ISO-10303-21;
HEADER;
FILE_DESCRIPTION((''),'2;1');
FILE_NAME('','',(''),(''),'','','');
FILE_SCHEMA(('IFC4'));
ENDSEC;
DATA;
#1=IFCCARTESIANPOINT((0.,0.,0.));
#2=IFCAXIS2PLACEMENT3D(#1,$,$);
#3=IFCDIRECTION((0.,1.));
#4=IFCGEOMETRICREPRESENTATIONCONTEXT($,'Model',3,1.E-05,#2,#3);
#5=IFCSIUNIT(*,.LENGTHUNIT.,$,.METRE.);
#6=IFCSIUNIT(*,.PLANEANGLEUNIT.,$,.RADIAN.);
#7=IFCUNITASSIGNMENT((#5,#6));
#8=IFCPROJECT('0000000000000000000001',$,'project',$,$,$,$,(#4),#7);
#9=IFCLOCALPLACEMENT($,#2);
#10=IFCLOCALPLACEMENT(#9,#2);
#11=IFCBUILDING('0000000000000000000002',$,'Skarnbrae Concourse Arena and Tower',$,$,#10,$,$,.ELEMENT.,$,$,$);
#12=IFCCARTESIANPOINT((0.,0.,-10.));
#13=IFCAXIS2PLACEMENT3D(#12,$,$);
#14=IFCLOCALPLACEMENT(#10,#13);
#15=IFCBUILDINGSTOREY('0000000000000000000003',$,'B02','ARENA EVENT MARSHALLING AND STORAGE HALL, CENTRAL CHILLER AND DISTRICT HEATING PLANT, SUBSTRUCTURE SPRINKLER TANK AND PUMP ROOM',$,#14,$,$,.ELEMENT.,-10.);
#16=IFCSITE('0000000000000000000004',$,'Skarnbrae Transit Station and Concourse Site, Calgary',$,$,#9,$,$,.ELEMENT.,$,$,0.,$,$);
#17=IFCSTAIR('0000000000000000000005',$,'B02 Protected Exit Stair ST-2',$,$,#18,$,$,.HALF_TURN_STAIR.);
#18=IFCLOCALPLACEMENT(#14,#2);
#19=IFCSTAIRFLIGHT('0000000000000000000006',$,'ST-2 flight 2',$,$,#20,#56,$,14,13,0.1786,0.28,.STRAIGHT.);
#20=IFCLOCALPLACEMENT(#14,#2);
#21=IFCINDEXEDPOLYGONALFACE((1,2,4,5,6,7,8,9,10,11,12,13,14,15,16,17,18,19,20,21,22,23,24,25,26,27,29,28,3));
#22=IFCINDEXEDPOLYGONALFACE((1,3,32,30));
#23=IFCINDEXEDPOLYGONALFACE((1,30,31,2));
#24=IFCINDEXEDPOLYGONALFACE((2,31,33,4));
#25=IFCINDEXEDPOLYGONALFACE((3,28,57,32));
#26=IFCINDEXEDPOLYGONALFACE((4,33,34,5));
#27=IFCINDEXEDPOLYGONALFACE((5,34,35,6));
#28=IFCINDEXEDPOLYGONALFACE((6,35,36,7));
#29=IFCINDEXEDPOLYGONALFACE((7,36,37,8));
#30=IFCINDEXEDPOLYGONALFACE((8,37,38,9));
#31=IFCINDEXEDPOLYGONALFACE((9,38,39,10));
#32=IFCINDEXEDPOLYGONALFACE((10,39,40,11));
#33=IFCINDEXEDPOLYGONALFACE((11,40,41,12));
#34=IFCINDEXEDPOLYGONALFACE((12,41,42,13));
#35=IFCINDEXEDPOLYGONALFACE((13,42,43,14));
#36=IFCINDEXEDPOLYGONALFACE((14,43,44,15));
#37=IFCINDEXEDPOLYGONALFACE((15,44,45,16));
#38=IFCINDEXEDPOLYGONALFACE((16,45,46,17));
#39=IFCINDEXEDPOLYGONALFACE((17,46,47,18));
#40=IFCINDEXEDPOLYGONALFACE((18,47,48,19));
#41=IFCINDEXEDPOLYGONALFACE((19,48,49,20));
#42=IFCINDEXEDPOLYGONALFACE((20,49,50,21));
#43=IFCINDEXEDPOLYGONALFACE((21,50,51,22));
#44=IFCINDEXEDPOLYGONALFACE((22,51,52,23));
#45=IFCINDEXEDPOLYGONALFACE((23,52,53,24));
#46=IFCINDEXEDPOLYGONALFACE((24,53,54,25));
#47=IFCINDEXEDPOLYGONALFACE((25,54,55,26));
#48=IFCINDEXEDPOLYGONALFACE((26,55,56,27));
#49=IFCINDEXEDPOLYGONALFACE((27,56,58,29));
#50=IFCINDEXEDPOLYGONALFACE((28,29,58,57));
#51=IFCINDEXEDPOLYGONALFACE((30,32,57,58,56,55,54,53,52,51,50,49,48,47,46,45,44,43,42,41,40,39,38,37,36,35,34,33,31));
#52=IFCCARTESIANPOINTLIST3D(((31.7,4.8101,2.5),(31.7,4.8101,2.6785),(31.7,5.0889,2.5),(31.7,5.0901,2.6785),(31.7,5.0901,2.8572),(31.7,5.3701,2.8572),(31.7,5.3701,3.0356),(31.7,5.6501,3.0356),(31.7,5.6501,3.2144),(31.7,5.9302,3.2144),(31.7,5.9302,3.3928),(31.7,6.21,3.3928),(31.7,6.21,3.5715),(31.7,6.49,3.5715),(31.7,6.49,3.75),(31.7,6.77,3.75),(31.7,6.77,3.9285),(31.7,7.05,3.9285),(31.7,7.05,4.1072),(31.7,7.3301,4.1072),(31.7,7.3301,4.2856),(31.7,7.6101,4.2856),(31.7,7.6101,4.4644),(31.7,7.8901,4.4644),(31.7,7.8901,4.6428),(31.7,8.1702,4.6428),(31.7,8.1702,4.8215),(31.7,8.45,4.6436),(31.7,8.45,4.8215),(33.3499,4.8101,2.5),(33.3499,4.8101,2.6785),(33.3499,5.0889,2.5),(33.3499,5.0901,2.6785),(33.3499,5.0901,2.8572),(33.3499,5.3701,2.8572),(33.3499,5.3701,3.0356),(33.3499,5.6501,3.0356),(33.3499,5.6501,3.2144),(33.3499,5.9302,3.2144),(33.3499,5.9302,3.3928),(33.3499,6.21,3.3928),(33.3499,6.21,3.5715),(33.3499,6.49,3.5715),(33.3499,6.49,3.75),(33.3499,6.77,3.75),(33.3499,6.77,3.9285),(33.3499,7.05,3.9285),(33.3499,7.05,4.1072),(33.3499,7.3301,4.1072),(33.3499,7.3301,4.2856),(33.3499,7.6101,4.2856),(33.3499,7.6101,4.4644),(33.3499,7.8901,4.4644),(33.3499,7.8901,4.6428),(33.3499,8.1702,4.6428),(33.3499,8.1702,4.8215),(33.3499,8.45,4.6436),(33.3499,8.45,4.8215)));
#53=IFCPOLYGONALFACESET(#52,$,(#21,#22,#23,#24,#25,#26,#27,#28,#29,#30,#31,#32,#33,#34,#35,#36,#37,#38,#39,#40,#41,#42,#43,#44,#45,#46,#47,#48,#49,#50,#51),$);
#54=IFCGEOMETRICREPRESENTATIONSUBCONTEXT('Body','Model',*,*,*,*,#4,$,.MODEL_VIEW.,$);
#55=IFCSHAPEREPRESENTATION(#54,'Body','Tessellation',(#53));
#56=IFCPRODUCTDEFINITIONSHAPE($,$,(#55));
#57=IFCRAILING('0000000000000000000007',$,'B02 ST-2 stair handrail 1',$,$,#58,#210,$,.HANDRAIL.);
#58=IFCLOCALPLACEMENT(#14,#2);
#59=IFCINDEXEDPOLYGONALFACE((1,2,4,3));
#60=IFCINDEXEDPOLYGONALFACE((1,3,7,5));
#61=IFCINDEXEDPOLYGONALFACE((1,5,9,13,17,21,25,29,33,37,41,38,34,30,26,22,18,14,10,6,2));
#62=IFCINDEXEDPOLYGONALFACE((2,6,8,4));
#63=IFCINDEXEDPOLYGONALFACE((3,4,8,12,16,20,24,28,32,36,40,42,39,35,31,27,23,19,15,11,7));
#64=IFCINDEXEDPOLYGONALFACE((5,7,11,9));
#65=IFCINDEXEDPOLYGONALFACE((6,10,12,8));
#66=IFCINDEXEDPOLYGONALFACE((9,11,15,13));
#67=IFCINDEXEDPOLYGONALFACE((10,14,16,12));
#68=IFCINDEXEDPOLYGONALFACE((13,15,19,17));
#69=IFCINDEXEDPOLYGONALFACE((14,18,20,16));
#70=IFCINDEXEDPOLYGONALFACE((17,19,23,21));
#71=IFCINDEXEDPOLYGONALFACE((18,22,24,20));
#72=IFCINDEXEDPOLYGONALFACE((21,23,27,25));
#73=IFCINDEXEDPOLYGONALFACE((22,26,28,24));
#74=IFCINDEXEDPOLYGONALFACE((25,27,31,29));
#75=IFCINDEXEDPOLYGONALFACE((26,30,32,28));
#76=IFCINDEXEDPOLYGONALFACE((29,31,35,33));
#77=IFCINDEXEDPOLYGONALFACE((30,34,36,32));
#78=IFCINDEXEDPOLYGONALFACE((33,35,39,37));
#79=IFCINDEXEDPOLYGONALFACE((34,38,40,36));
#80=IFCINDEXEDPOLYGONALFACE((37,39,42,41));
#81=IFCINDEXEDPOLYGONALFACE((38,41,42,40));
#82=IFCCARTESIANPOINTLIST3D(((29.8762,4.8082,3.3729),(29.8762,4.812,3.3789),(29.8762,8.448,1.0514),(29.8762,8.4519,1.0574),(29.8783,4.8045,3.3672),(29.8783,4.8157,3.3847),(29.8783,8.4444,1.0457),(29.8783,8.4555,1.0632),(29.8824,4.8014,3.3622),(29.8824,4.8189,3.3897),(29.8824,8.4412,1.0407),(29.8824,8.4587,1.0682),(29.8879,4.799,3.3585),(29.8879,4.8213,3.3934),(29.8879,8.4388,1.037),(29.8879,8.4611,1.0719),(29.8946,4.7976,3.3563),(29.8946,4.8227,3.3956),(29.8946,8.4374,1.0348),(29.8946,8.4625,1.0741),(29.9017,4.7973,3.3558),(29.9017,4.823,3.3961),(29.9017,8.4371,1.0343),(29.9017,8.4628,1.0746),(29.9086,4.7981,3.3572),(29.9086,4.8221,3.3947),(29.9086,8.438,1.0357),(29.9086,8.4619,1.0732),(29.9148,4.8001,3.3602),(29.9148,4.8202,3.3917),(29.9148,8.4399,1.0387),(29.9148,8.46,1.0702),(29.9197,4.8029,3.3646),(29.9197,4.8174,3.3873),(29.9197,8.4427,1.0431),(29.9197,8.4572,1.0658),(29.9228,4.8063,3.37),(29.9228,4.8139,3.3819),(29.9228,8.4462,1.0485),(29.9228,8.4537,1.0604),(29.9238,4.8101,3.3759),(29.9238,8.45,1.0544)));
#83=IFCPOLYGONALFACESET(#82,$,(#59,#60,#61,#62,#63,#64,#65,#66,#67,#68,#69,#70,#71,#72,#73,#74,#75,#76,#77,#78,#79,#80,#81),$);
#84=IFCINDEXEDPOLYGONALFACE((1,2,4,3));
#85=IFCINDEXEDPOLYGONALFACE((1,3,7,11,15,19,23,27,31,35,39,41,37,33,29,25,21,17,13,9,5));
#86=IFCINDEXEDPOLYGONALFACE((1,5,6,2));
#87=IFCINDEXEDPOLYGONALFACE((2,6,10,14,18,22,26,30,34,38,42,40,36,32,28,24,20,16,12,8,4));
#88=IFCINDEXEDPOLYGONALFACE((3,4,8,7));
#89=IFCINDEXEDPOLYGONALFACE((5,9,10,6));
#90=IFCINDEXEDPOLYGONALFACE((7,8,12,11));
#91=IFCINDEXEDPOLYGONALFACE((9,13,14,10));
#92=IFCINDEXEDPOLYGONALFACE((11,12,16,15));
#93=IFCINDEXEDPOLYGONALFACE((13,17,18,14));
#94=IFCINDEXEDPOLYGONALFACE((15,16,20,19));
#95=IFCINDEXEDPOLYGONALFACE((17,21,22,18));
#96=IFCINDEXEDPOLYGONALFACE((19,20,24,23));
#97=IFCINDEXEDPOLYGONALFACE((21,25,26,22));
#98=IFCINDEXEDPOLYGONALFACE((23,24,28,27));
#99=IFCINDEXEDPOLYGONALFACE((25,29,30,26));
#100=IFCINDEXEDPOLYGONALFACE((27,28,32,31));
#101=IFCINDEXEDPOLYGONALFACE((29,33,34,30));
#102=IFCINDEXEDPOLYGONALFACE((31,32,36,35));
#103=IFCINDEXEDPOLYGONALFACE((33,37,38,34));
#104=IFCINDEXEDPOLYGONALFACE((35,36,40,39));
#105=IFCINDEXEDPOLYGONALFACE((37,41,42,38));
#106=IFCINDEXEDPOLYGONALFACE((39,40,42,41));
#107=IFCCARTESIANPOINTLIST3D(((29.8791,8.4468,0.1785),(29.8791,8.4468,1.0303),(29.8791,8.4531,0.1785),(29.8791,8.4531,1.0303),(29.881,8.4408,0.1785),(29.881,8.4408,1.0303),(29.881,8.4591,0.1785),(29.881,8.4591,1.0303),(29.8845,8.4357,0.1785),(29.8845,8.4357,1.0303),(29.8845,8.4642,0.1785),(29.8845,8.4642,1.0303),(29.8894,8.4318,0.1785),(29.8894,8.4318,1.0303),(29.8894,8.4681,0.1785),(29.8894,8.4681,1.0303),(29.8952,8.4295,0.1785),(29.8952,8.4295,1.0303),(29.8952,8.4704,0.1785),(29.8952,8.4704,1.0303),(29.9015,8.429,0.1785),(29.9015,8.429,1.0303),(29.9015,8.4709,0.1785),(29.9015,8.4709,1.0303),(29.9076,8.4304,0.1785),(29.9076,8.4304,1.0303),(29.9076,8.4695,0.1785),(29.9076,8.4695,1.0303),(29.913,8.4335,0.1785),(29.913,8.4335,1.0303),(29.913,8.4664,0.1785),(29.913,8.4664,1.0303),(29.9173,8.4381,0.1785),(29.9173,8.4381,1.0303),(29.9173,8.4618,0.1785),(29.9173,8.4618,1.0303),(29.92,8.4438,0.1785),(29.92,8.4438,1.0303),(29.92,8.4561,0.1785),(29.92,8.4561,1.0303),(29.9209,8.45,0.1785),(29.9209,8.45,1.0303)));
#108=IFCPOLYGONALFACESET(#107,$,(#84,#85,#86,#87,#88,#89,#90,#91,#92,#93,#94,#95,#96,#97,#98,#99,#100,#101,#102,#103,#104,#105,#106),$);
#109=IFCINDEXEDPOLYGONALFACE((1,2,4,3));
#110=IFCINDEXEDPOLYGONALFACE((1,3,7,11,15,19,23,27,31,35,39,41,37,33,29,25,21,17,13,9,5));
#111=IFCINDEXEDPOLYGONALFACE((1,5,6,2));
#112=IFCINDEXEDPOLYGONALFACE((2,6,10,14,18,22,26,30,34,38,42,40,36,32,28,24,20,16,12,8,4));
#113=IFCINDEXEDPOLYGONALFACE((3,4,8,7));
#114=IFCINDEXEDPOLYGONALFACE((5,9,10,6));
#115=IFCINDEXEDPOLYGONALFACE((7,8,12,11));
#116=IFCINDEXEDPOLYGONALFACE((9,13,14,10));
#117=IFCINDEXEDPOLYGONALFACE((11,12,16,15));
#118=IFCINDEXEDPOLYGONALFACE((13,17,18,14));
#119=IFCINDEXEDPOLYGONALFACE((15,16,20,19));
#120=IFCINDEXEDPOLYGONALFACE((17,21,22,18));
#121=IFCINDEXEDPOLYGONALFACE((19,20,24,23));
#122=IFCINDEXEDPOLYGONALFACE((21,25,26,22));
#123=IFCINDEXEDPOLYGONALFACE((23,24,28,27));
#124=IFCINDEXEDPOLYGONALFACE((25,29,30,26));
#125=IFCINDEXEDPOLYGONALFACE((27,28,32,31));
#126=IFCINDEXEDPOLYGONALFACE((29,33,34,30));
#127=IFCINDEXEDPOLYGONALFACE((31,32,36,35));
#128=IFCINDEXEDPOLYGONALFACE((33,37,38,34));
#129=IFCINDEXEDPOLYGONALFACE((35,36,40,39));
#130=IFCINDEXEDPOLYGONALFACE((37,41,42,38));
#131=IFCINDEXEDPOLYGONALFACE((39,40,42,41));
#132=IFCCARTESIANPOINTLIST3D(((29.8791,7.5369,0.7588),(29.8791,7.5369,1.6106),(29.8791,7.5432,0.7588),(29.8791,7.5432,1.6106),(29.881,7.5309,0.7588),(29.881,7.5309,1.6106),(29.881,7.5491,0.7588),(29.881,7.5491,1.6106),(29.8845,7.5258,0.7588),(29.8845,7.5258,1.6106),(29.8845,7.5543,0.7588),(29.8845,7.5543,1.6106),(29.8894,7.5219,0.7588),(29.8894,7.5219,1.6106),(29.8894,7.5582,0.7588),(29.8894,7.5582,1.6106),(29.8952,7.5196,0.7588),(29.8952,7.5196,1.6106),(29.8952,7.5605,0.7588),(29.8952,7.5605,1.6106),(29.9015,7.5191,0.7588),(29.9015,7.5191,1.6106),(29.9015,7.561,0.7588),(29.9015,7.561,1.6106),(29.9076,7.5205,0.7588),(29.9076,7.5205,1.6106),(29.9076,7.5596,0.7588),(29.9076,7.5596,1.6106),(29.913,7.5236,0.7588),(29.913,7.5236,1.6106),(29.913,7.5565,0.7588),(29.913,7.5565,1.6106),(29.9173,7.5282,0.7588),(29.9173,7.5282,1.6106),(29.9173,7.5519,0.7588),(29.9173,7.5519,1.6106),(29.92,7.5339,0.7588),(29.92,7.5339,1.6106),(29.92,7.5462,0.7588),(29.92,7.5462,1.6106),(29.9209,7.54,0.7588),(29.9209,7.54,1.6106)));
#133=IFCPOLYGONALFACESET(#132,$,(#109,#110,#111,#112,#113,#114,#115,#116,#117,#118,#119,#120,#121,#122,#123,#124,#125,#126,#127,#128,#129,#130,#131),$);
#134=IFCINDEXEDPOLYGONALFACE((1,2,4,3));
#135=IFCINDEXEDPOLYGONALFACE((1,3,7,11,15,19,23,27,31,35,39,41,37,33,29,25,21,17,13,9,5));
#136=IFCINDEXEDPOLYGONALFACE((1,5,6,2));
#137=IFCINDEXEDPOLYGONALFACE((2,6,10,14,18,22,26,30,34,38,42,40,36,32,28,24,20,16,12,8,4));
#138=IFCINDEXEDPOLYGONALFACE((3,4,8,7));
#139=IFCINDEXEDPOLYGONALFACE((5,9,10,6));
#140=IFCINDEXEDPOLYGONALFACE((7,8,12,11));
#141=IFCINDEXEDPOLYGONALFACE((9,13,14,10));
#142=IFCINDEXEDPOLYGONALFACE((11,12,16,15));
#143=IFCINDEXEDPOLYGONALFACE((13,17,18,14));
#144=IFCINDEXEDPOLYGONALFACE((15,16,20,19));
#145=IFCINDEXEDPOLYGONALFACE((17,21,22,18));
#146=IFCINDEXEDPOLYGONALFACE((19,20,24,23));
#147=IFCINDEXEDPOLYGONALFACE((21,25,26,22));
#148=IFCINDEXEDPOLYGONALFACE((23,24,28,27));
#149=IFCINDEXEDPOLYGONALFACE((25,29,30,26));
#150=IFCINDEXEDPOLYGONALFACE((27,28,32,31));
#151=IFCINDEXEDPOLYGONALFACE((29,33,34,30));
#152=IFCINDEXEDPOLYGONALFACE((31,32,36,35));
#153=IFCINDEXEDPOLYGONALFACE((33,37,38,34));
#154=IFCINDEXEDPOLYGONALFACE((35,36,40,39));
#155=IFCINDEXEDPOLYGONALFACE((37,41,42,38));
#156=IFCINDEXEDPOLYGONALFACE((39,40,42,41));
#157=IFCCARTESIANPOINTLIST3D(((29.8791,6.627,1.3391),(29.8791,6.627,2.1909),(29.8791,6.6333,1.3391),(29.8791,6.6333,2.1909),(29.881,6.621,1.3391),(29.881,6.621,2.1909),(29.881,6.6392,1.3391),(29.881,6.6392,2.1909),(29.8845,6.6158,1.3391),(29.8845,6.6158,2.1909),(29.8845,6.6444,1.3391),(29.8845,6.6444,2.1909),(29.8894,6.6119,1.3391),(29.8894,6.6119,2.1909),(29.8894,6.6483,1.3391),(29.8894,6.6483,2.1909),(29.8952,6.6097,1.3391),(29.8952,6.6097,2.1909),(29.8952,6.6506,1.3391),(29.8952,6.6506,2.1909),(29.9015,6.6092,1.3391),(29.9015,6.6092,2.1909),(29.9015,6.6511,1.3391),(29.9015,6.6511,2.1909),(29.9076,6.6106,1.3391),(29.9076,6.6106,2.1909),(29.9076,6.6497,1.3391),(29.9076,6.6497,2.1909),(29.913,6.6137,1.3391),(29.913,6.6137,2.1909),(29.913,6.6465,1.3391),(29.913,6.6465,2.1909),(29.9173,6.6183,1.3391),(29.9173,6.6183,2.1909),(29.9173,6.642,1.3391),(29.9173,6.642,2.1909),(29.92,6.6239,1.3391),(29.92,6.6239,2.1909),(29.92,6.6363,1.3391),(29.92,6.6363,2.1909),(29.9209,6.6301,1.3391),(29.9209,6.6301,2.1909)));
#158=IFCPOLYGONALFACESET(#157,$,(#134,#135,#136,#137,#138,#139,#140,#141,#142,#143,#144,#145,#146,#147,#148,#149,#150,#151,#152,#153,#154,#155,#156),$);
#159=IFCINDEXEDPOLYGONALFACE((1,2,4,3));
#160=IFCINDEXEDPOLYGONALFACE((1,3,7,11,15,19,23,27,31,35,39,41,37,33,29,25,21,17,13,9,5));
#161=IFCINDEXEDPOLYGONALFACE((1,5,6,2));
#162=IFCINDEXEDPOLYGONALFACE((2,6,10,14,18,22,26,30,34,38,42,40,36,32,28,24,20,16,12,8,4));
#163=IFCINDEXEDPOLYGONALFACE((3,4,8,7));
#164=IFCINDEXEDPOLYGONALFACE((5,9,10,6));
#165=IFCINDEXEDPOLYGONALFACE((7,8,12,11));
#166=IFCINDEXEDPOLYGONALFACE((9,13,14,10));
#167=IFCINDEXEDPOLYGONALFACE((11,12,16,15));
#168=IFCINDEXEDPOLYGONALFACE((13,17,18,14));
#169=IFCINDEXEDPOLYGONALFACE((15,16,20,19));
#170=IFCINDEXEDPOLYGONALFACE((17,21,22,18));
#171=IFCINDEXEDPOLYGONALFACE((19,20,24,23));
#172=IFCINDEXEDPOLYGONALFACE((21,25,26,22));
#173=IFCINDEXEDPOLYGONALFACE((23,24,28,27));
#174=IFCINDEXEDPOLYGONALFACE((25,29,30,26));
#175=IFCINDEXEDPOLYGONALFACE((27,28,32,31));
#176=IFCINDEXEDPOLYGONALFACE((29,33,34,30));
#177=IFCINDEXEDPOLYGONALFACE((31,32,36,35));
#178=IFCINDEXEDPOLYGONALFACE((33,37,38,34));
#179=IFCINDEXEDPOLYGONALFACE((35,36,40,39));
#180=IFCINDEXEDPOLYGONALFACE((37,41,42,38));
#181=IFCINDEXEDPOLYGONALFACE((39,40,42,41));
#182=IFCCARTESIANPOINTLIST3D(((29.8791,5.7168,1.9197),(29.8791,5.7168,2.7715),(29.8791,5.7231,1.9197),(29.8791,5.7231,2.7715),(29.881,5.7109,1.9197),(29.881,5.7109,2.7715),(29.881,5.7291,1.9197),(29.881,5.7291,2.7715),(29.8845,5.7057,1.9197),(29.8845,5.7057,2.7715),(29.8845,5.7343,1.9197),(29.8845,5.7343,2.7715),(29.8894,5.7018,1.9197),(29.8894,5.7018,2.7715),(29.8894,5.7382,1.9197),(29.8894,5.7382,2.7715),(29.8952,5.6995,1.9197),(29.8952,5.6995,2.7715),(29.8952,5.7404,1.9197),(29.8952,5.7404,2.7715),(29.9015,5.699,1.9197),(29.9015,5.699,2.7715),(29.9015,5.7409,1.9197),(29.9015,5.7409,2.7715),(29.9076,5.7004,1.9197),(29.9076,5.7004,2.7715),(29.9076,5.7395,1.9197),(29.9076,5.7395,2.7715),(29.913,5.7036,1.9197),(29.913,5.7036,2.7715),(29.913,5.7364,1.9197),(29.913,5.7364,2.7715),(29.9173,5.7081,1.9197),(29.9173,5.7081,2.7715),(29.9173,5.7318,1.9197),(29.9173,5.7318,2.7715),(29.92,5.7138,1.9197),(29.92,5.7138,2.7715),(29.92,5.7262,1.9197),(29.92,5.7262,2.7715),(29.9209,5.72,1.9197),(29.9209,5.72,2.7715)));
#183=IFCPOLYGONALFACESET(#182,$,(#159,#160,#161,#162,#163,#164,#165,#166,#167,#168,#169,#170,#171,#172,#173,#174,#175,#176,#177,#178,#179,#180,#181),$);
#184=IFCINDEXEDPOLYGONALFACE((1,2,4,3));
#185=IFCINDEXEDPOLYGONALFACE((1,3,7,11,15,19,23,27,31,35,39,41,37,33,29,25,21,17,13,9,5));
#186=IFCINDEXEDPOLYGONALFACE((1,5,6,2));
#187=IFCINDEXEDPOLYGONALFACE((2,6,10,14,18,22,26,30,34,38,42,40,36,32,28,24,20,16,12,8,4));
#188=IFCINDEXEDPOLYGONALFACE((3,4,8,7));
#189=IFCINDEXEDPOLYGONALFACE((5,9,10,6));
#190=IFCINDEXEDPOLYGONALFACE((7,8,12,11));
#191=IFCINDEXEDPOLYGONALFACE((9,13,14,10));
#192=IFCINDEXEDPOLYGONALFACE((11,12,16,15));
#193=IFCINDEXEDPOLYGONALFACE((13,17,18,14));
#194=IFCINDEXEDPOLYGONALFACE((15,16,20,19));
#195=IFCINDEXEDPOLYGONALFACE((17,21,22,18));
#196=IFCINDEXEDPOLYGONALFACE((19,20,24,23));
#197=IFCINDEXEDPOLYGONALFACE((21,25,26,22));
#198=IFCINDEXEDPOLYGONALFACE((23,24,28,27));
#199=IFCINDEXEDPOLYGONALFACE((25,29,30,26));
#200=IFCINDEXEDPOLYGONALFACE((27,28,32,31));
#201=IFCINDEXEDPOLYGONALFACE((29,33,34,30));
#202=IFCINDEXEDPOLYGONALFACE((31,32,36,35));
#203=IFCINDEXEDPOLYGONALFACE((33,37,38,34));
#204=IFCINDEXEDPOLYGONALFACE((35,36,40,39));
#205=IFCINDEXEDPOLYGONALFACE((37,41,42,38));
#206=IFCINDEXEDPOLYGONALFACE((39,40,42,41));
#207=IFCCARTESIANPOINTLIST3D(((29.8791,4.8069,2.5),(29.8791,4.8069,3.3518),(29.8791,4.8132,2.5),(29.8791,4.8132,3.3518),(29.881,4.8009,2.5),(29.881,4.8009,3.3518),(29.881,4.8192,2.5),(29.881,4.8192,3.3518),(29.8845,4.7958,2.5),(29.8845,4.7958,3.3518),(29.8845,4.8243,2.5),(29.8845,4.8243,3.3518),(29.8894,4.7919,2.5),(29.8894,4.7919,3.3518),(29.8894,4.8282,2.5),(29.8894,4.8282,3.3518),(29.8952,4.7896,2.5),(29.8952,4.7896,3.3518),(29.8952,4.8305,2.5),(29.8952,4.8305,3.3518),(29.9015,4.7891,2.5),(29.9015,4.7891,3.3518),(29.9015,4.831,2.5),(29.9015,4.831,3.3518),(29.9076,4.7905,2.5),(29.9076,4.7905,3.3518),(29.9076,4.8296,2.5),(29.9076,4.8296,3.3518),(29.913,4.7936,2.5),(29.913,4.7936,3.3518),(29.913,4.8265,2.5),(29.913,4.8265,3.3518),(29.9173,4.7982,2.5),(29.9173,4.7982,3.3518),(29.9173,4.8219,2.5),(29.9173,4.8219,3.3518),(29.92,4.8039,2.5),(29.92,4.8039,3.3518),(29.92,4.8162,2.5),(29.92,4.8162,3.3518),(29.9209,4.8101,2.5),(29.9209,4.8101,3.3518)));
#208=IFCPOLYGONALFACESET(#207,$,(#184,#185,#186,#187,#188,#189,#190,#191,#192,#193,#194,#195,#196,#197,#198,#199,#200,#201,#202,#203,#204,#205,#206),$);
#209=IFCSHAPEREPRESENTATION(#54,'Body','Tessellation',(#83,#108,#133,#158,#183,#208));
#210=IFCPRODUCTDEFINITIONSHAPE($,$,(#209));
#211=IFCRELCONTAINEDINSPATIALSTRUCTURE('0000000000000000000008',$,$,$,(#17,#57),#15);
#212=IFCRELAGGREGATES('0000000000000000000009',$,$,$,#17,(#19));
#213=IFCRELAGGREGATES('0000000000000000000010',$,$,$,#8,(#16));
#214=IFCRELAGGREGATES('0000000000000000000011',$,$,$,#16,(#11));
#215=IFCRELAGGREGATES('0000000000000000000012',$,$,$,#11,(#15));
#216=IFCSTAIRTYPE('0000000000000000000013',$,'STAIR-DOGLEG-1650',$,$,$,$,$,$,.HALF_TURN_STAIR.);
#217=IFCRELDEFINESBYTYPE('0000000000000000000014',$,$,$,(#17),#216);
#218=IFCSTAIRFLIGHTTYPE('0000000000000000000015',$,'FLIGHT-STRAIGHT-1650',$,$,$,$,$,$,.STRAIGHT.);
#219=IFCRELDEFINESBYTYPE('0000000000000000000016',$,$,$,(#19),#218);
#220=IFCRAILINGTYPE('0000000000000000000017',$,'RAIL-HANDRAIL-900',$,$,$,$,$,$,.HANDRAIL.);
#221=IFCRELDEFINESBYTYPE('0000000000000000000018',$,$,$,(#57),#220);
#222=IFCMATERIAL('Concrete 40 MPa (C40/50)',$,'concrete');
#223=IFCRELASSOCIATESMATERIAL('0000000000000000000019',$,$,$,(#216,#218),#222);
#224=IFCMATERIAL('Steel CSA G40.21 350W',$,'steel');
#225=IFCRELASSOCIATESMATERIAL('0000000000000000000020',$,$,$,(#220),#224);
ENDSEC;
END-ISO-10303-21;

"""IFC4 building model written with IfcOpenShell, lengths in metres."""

from ifc_helpers import new_model, si_unit, direction, frame, origin, origin_2d, place, context, subcontext, project, spatial, polyline, circle, outline, extrude, source, transform, mapped, material, type_object, element, aggregate, save


model = new_model("IFC4")

# Units and contexts
model_context = context("Model", 3, precision=1e-05, world=origin(), true_north=direction((0.0, 1.0)))
body_context = subcontext(model_context, "Body", "Model", "MODEL_VIEW")
ifc_project = project(units=[si_unit("LENGTHUNIT", "METRE"), si_unit("PLANEANGLEUNIT", "RADIAN")], contexts=[model_context])

# Site, building, storey
site_placement = place(None, origin())
site = spatial("IfcSite", under=ifc_project, at=site_placement, Name="Skarnbrae Transit Station and Concourse Site, Calgary", CompositionType="ELEMENT", RefElevation=0.0)
building_placement = place(site_placement, origin())
building = spatial("IfcBuilding", under=site, at=building_placement, Name="Skarnbrae Concourse Arena and Tower", CompositionType="ELEMENT")
storey_placement = place(building_placement, frame((0.0, 0.0, -10.0)))
storey = spatial("IfcBuildingStorey", under=building, at=storey_placement, Name="B02", Description="ARENA EVENT MARSHALLING AND STORAGE HALL, CENTRAL CHILLER AND DISTRICT HEATING PLANT, SUBSTRUCTURE SPRINKLER TANK AND PUMP ROOM", CompositionType="ELEMENT", Elevation=-10.0)

# Shared definitions
ifc_material_1 = material(Name="Steel CSA G40.21 350W", Category="steel")

# Stair, stair flight
ifc_material_2 = material(Name="Concrete 40 MPa (C40/50)", Category="concrete")
stair_type = type_object("IfcStairType", Name="STAIR-DOGLEG-1650", PredefinedType="HALF_TURN_STAIR", material=ifc_material_2)
stair_placement = place(storey_placement, origin())
stair = element("IfcStair", 1, at=stair_placement, inside=storey, type_object=stair_type, Name="B02 Protected Exit Stair ST-2", PredefinedType="HALF_TURN_STAIR")
stair_flight_type = type_object("IfcStairFlightType", Name="FLIGHT-STRAIGHT-1650", PredefinedType="STRAIGHT", material=ifc_material_2)
shared_shape_1 = source(origin(), body_context, "Body", "SweptSolid", [
    extrude(outline(polyline([(0.0, 0.0), (0.0, 0.1785), (0.28, 0.1785), (0.28, 0.3572), (0.5601, 0.3572), (0.5601, 0.5356), (0.8401, 0.5356), (0.8401, 0.7144), (1.1201, 0.7144), (1.1201, 0.8928), (1.3999, 0.8928), (1.3999, 1.0715), (1.6799, 1.0715), (1.6799, 1.25), (1.96, 1.25), (1.96, 1.4285), (2.24, 1.4285), (2.24, 1.6072), (2.52, 1.6072), (2.52, 1.7856), (2.8, 1.7856), (2.8, 1.9644), (3.0801, 1.9644), (3.0801, 2.1428), (3.3601, 2.1428), (3.3601, 2.3215), (3.6399, 2.3215), (3.6399, 2.5), (3.6399, 2.1436), (0.2788, 0.0), (0.0, 0.0)])), frame((0.0, 0.825, 0.0), z_axis=(0.0, -1.0, 0.0), x_axis=(1.0, 0.0, 0.0)), (0.0, 0.0, 1.0), 1.6499),
])
stair_flight_1_placement = place(storey_placement, frame((32.5249, 4.8101, 2.5), z_axis=(0.0, 0.0, 1.0), x_axis=(0.0, 1.0, 0.0)))
stair_flight_1 = element("IfcStairFlight", 2, at=stair_flight_1_placement, type_object=stair_flight_type, Name="ST-2 flight 2", NumberOfRisers=14, NumberOfTreads=13, PredefinedType="STRAIGHT", RiserHeight=0.1786, TreadLength=0.28, context=body_context, shape_type="MappedRepresentation", body=[
    mapped(shared_shape_1, transform((0.0, 0.0, 0.0))),
])
aggregate(stair, [stair_flight_1])

# Railing
railing_type_1 = type_object("IfcRailingType", Name="RAIL-HANDRAIL-900", PredefinedType="HANDRAIL", material=ifc_material_1)
railing_1_placement = place(storey_placement, frame((29.8999, 8.45, 0.1785)))
element("IfcRailing", 3, at=railing_1_placement, inside=storey, type_object=railing_type_1, Name="B02 ST-2 stair handrail 1", PredefinedType="HANDRAIL", context=body_context, shape_type="SweptSolid", body=[
    extrude(circle(Radius=0.0239, at=origin_2d()), frame((0.0, 0.0, 0.876), z_axis=(0.0, -0.843112, 0.537739), x_axis=(1.0, 0.0, 0.0)), (0.0, 0.0, 1.0), 4.3171),
    extrude(circle(Radius=0.021, at=origin_2d()), origin(), (0.0, 0.0, 1.0), 0.8518),
    extrude(circle(Radius=0.021, at=origin_2d()), frame((0.0, -0.9099, 0.5803)), (0.0, 0.0, 1.0), 0.8518),
    extrude(circle(Radius=0.021, at=origin_2d()), frame((0.0, -1.8198, 1.1606)), (0.0, 0.0, 1.0), 0.8518),
    extrude(circle(Radius=0.021, at=origin_2d()), frame((0.0, -2.73, 1.7412)), (0.0, 0.0, 1.0), 0.8518),
    extrude(circle(Radius=0.021, at=origin_2d()), frame((0.0, -3.6399, 2.3215)), (0.0, 0.0, 1.0), 0.8518),
])

save(model, "model.ifc")
